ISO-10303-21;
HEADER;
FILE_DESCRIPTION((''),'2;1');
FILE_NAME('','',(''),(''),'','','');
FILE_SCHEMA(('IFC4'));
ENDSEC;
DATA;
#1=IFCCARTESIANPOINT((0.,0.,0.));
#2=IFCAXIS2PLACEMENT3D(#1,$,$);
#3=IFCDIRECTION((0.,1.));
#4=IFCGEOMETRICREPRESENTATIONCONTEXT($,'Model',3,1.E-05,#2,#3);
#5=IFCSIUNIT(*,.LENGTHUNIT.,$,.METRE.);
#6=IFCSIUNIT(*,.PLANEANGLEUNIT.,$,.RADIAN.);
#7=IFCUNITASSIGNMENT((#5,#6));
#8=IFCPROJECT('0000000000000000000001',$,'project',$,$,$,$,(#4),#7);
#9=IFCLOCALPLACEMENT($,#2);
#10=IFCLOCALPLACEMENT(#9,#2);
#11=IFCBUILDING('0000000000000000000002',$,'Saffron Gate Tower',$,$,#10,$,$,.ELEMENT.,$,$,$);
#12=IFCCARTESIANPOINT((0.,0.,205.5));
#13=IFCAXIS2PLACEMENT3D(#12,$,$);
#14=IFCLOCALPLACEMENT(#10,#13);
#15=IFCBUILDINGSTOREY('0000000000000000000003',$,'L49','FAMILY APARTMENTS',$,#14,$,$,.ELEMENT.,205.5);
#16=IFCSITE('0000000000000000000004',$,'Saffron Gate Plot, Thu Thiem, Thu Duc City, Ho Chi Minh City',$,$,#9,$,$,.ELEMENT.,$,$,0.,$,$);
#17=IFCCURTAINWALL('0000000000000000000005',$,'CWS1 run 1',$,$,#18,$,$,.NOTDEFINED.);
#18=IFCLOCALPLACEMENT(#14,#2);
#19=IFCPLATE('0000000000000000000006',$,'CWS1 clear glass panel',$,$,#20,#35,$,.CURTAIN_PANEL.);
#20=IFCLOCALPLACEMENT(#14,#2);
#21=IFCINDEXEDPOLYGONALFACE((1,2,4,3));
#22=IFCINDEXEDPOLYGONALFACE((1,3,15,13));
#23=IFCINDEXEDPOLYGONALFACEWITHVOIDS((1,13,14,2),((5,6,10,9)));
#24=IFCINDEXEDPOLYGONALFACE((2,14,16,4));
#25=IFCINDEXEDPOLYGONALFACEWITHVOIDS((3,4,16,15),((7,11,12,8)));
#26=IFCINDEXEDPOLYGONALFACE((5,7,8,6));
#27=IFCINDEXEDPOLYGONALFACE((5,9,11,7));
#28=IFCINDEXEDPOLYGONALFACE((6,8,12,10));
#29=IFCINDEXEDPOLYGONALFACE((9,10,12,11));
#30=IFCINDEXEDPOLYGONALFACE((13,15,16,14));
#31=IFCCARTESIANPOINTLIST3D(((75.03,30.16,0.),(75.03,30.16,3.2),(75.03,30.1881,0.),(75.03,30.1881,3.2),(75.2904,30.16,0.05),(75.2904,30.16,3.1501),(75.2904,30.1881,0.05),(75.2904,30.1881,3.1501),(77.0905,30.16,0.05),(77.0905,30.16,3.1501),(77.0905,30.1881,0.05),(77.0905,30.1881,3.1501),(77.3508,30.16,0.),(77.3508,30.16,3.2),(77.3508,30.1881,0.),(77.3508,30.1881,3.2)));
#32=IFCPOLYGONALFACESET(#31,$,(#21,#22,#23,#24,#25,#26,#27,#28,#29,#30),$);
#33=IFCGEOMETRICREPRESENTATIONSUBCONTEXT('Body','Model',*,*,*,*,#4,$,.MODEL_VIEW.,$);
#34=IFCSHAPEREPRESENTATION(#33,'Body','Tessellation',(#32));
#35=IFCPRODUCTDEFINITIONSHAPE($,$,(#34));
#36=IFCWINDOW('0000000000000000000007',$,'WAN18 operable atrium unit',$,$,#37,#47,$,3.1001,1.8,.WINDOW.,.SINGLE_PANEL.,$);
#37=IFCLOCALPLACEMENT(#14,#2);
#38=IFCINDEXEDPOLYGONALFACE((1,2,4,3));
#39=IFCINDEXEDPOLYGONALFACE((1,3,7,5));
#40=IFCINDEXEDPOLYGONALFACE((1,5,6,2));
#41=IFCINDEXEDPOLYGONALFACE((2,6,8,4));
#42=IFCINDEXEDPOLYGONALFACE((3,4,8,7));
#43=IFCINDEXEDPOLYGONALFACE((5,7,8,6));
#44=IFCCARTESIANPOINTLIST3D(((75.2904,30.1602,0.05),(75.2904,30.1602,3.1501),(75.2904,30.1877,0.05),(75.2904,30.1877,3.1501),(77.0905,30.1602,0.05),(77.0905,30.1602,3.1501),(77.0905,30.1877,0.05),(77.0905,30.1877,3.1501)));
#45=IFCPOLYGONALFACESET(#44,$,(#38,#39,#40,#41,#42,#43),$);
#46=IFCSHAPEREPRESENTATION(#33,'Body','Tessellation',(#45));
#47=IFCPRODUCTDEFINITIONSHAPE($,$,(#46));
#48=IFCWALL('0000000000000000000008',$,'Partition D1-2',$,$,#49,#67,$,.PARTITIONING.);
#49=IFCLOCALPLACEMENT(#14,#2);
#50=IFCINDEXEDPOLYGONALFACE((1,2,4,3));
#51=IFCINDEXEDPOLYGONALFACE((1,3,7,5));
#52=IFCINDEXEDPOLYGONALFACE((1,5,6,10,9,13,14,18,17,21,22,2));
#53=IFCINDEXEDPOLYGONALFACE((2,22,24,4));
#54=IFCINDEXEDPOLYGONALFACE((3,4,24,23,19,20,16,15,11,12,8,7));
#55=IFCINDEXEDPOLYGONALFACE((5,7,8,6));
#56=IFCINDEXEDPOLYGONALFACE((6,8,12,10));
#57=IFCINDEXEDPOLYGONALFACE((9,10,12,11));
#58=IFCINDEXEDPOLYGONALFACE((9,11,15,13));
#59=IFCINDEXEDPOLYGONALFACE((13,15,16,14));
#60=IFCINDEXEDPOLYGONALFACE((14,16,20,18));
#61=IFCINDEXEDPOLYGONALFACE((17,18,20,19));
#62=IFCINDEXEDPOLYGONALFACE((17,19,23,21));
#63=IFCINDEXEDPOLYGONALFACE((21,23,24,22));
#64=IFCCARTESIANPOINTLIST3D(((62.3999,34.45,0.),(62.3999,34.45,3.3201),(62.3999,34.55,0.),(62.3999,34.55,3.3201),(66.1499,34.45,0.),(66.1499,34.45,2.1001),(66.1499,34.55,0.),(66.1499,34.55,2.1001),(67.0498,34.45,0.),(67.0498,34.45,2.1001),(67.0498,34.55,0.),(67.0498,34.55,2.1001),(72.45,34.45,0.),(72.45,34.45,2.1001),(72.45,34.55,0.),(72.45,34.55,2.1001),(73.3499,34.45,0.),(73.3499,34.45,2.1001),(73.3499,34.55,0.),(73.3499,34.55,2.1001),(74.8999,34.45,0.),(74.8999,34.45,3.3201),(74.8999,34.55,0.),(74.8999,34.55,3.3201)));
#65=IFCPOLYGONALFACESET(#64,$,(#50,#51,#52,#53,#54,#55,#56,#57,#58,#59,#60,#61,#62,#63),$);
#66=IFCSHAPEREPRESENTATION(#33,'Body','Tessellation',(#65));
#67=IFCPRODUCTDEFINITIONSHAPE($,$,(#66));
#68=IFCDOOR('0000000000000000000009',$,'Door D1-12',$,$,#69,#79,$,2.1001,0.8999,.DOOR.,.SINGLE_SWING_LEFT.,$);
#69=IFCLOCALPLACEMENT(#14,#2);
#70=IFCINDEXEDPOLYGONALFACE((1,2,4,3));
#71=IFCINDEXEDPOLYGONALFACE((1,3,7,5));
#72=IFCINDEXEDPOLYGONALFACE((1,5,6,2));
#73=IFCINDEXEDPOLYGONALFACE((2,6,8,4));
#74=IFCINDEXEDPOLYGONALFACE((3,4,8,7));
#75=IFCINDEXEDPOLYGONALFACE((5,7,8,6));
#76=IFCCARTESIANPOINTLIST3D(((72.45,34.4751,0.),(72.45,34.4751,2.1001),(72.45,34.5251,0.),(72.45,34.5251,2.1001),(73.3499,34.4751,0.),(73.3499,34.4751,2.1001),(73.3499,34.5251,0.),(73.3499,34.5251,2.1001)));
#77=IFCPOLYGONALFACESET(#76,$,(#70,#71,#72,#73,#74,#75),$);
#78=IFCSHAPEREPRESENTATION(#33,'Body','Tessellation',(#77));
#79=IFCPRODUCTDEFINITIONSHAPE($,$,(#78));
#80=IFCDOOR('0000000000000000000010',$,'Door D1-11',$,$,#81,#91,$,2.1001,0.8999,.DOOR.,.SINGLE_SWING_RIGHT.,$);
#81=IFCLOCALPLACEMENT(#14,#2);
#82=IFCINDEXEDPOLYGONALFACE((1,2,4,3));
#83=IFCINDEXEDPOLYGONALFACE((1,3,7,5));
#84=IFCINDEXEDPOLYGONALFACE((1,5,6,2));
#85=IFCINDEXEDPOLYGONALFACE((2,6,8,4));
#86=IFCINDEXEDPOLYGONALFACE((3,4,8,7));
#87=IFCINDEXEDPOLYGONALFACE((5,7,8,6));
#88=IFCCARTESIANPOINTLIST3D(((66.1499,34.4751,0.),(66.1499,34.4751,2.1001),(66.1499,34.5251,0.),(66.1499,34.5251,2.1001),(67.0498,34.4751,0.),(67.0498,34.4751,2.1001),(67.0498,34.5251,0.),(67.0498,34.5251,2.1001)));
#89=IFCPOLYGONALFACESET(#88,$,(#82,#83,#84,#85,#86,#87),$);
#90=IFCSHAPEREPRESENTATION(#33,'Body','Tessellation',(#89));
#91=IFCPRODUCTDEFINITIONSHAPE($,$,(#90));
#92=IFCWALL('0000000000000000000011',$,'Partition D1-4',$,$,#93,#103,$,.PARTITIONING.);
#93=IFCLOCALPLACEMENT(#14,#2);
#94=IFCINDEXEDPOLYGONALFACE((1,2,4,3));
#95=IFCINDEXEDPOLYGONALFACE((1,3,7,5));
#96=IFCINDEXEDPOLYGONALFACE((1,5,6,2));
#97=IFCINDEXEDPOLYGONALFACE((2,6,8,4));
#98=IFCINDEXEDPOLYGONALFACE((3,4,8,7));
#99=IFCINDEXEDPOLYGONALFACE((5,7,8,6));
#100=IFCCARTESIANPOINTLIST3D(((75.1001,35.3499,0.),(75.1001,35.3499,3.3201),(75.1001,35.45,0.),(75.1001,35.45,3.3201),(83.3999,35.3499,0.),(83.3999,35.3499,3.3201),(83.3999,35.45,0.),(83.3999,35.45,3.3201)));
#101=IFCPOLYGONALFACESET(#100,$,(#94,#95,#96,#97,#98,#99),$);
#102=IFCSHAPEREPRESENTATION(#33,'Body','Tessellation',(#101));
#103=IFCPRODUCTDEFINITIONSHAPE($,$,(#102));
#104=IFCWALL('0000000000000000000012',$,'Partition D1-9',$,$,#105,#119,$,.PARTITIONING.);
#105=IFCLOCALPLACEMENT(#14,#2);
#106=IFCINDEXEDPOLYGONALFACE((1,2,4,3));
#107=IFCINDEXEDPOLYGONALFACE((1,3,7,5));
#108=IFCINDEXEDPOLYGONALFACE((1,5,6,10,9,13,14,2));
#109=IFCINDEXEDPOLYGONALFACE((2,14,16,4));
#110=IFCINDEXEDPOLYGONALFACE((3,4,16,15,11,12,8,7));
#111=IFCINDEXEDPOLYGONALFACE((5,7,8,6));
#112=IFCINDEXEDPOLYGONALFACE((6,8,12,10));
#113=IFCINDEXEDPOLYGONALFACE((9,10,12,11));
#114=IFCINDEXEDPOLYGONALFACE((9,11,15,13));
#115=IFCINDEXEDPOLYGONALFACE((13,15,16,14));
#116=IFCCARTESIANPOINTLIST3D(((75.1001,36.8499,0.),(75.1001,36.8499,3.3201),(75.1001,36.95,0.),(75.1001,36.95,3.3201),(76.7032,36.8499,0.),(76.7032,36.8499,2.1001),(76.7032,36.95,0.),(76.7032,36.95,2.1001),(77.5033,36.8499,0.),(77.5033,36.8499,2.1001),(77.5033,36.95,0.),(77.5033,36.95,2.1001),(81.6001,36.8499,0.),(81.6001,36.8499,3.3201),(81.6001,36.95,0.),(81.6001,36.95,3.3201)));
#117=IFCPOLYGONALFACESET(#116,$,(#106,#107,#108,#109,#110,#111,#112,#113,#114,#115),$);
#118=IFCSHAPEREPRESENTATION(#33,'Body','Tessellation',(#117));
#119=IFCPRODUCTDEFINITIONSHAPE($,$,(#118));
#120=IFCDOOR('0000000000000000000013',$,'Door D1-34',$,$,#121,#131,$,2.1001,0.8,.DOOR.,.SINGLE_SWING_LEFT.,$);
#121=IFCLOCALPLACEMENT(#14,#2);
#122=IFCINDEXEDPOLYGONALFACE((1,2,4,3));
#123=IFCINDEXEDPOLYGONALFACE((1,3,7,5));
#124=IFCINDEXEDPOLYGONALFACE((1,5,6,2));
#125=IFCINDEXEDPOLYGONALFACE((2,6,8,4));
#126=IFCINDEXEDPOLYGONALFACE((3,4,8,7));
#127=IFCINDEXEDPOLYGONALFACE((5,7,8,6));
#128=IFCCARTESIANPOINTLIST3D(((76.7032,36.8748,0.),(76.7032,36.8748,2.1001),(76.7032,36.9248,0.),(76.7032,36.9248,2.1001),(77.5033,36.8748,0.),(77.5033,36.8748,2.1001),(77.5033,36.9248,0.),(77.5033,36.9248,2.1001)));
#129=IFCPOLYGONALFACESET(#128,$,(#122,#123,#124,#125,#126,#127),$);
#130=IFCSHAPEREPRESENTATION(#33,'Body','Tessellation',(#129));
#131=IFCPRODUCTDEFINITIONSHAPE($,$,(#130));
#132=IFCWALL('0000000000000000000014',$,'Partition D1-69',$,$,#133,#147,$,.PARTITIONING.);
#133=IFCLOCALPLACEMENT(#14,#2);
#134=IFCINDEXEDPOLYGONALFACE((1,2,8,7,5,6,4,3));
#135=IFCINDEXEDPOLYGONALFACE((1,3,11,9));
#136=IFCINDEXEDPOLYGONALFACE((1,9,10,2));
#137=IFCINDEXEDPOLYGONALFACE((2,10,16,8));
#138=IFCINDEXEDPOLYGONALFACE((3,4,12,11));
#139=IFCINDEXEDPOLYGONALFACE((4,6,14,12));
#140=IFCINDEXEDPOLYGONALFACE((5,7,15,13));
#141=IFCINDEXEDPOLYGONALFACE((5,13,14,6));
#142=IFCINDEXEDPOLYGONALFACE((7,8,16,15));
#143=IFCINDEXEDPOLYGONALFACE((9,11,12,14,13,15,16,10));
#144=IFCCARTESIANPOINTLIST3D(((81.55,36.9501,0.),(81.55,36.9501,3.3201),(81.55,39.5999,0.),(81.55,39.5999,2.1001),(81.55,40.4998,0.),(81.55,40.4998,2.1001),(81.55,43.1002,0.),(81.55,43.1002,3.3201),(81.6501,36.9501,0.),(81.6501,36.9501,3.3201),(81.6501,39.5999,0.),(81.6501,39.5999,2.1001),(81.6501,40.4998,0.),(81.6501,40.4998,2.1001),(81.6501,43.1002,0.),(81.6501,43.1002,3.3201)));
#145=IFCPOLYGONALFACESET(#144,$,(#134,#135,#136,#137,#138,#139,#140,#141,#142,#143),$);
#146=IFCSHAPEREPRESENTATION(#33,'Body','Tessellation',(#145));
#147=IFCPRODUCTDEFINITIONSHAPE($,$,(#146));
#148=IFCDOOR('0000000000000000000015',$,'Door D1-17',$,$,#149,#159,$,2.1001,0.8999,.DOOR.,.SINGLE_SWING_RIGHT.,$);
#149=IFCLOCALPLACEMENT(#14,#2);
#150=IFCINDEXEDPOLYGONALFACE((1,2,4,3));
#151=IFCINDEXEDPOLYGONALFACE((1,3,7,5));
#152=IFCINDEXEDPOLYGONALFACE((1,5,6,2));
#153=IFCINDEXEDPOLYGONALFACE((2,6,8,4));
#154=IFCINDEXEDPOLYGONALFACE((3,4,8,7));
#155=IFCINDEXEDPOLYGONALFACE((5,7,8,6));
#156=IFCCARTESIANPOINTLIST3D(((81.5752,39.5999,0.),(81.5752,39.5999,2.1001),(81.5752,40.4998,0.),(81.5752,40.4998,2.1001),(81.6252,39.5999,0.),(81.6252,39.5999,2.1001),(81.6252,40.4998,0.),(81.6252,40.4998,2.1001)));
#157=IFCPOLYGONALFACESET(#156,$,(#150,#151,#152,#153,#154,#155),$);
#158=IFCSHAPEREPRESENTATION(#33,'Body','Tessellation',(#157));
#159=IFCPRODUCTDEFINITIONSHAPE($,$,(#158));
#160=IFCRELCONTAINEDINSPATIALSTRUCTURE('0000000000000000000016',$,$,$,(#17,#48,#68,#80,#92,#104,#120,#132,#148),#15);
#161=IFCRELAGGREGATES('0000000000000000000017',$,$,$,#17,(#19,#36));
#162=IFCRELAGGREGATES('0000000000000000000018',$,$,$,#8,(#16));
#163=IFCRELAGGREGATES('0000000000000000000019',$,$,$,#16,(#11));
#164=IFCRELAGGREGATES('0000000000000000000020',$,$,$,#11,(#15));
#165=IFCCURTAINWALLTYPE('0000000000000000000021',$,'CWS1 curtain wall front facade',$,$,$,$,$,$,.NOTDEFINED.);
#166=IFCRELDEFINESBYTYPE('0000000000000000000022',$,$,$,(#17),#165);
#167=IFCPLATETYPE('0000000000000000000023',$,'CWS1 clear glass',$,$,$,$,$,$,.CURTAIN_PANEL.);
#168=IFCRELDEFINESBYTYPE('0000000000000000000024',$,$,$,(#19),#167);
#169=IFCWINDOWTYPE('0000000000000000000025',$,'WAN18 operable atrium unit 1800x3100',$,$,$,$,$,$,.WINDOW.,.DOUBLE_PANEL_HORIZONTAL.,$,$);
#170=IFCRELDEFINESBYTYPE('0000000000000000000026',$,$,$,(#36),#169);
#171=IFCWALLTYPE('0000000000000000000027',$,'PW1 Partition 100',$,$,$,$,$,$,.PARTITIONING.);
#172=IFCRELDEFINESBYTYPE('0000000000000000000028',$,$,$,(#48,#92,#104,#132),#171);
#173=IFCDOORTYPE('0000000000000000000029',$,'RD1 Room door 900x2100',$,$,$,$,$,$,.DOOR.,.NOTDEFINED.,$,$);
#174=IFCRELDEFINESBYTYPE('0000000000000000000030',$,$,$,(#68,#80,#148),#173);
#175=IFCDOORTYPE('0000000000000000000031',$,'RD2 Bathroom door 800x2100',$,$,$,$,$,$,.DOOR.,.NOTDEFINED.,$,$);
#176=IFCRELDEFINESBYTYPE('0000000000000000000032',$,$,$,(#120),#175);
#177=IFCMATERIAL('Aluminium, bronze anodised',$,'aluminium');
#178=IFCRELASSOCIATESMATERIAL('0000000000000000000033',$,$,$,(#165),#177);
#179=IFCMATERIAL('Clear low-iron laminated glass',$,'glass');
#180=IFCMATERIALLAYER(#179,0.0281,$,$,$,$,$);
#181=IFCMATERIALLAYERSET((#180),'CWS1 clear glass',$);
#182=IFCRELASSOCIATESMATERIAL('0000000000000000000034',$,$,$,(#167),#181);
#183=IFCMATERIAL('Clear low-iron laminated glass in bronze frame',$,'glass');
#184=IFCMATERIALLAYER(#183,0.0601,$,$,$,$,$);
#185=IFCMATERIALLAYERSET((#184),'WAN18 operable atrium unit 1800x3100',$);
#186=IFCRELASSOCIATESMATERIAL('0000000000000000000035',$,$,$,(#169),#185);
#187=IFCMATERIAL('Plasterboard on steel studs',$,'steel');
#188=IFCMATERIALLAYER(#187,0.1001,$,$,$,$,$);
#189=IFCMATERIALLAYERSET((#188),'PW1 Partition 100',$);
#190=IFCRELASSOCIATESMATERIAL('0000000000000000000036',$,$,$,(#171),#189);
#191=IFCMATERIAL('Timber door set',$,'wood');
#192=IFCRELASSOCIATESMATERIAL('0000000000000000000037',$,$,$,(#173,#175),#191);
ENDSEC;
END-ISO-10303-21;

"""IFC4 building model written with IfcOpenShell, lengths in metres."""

from ifc_helpers import new_model, si_unit, direction, frame, frame_2d, origin, place, context, subcontext, project, spatial, rectangle, extrude, material, layer, layer_set, type_object, element, fill, aggregate, save


model = new_model("IFC4")

# Units and contexts
model_context = context("Model", 3, precision=1e-05, world=origin(), true_north=direction((0.0, 1.0)))
body_context = subcontext(model_context, "Body", "Model", "MODEL_VIEW")
ifc_project = project(units=[si_unit("LENGTHUNIT", "METRE"), si_unit("PLANEANGLEUNIT", "RADIAN")], contexts=[model_context])

# Site, building, storey
site_placement = place(None, origin())
site = spatial("IfcSite", under=ifc_project, at=site_placement, Name="Saffron Gate Plot, Thu Thiem, Thu Duc City, Ho Chi Minh City", CompositionType="ELEMENT", RefElevation=0.0)
building_placement = place(site_placement, origin())
building = spatial("IfcBuilding", under=site, at=building_placement, Name="Saffron Gate Tower", CompositionType="ELEMENT")
storey_placement = place(building_placement, frame((0.0, 0.0, 205.5)))
storey = spatial("IfcBuildingStorey", under=building, at=storey_placement, Name="L49", Description="FAMILY APARTMENTS", CompositionType="ELEMENT", Elevation=205.5)

# Curtain wall, plate, opening, window
ifc_material_1 = material(Name="Aluminium, bronze anodised", Category="aluminium")
curtain_wall_type = type_object("IfcCurtainWallType", Name="CWS1 curtain wall front facade", PredefinedType="NOTDEFINED", material=ifc_material_1)
curtain_wall_placement = place(storey_placement, origin())
curtain_wall = element("IfcCurtainWall", 1, at=curtain_wall_placement, inside=storey, type_object=curtain_wall_type, Name="CWS1 run 1", PredefinedType="NOTDEFINED")
ifc_material_2 = material(Name="Clear low-iron laminated glass", Category="glass")
ifc_layer_1 = layer(ifc_material_2, 0.0281)
ifc_layer_set_1 = layer_set([ifc_layer_1], Name="CWS1 clear glass")
plate_type = type_object("IfcPlateType", Name="CWS1 clear glass", PredefinedType="CURTAIN_PANEL", material=ifc_layer_set_1)
plate_placement = place(storey_placement, frame((75.03, 30.1741, 0.0), z_axis=(0.0, 0.0, 1.0), x_axis=(1.0, 0.0, 0.0)))
plate = element("IfcPlate", 2, at=plate_placement, type_object=plate_type, Name="CWS1 clear glass panel", PredefinedType="CURTAIN_PANEL", context=body_context, shape_type="SweptSolid", body=[
    extrude(rectangle(XDim=2.3208, YDim=0.0281, at=frame_2d((1.1604, 0.0))), origin(), (0.0, 0.0, 1.0), 3.2),
])
opening_1_placement = place(plate_placement, frame((0.2605, 0.0, 0.05)))
opening_1 = element("IfcOpeningElement", 3, at=opening_1_placement, cuts=plate, PredefinedType="OPENING", context=body_context, shape_type="SweptSolid", body=[
    extrude(rectangle(XDim=1.8, YDim=3.1001, at=frame_2d((0.8999, 1.55))), frame((0.0, 0.0239, 0.0), z_axis=(0.0, -1.0, 0.0), x_axis=(1.0, 0.0, 0.0)), (0.0, 0.0, 1.0), 0.0481),
])
ifc_material_3 = material(Name="Clear low-iron laminated glass in bronze frame", Category="glass")
ifc_layer_2 = layer(ifc_material_3, 0.0601)
ifc_layer_set_2 = layer_set([ifc_layer_2], Name="WAN18 operable atrium unit 1800x3100")
window_type = type_object("IfcWindowType", Name="WAN18 operable atrium unit 1800x3100", PartitioningType="DOUBLE_PANEL_HORIZONTAL", PredefinedType="WINDOW", material=ifc_layer_set_2)
window_placement = place(opening_1_placement, origin())
window = element("IfcWindow", 4, at=window_placement, type_object=window_type, Name="WAN18 operable atrium unit", OverallHeight=3.1001, OverallWidth=1.8, PartitioningType="SINGLE_PANEL", PredefinedType="WINDOW", context=body_context, shape_type="SweptSolid", body=[
    extrude(rectangle(XDim=1.8, YDim=3.1001, at=frame_2d((0.8999, 1.55))), frame((0.0, 0.0137, 0.0), z_axis=(0.0, -1.0, 0.0), x_axis=(1.0, 0.0, 0.0)), (0.0, 0.0, 1.0), 0.0276),
])
fill(opening_1, window)
aggregate(curtain_wall, [plate, window])

# Wall, openings, doors
ifc_material_4 = material(Name="Plasterboard on steel studs", Category="steel")
ifc_layer_3 = layer(ifc_material_4, 0.1001)
ifc_layer_set_3 = layer_set([ifc_layer_3], Name="PW1 Partition 100")
wall_type_1 = type_object("IfcWallType", Name="PW1 Partition 100", PredefinedType="PARTITIONING", material=ifc_layer_set_3)
wall_1_placement = place(storey_placement, frame((74.8999, 34.5, 0.0), z_axis=(0.0, 0.0, 1.0), x_axis=(-1.0, 0.0, 0.0)))
wall_1 = element("IfcWall", 5, at=wall_1_placement, inside=storey, type_object=wall_type_1, Name="Partition D1-2", PredefinedType="PARTITIONING", context=body_context, shape_type="SweptSolid", body=[
    extrude(rectangle(XDim=12.5, YDim=0.1001, at=frame_2d((6.25, 0.0))), origin(), (0.0, 0.0, 1.0), 3.3201),
])
opening_2_placement = place(wall_1_placement, frame((1.55, 0.0, 0.0)))
opening_2 = element("IfcOpeningElement", 6, at=opening_2_placement, cuts=wall_1, PredefinedType="OPENING", context=body_context, shape_type="SweptSolid", body=[
    extrude(rectangle(XDim=0.8999, YDim=2.1001, at=frame_2d((0.45, 1.05))), frame((0.0, 0.0601, 0.0), z_axis=(0.0, -1.0, 0.0), x_axis=(1.0, 0.0, 0.0)), (0.0, 0.0, 1.0), 0.1201),
])
opening_3_placement = place(wall_1_placement, frame((7.8501, 0.0, 0.0)))
opening_3 = element("IfcOpeningElement", 7, at=opening_3_placement, cuts=wall_1, PredefinedType="OPENING", context=body_context, shape_type="SweptSolid", body=[
    extrude(rectangle(XDim=0.8999, YDim=2.1001, at=frame_2d((0.45, 1.05))), frame((0.0, 0.0601, 0.0), z_axis=(0.0, -1.0, 0.0), x_axis=(1.0, 0.0, 0.0)), (0.0, 0.0, 1.0), 0.1201),
])
ifc_material_5 = material(Name="Timber door set", Category="wood")
door_type_1 = type_object("IfcDoorType", Name="RD1 Room door 900x2100", OperationType="NOTDEFINED", PredefinedType="DOOR", material=ifc_material_5)
door_1_placement = place(opening_2_placement, origin())
door_1 = element("IfcDoor", 8, at=door_1_placement, inside=storey, type_object=door_type_1, Name="Door D1-12", OperationType="SINGLE_SWING_LEFT", OverallHeight=2.1001, OverallWidth=0.8999, PredefinedType="DOOR", context=body_context, shape_type="SweptSolid", body=[
    extrude(rectangle(XDim=0.8999, YDim=2.1001, at=frame_2d((0.45, 1.05))), frame((0.0, 0.0249, 0.0), z_axis=(0.0, -1.0, 0.0), x_axis=(1.0, 0.0, 0.0)), (0.0, 0.0, 1.0), 0.05),
])
fill(opening_2, door_1)
door_2_placement = place(opening_3_placement, origin())
door_2 = element("IfcDoor", 9, at=door_2_placement, inside=storey, type_object=door_type_1, Name="Door D1-11", OperationType="SINGLE_SWING_RIGHT", OverallHeight=2.1001, OverallWidth=0.8999, PredefinedType="DOOR", context=body_context, shape_type="SweptSolid", body=[
    extrude(rectangle(XDim=0.8999, YDim=2.1001, at=frame_2d((0.45, 1.05))), frame((0.0, 0.0249, 0.0), z_axis=(0.0, -1.0, 0.0), x_axis=(1.0, 0.0, 0.0)), (0.0, 0.0, 1.0), 0.05),
])
fill(opening_3, door_2)

# Wall
wall_2_placement = place(storey_placement, frame((75.1001, 35.3999, 0.0), z_axis=(0.0, 0.0, 1.0), x_axis=(1.0, 0.0, 0.0)))
element("IfcWall", 10, at=wall_2_placement, inside=storey, type_object=wall_type_1, Name="Partition D1-4", PredefinedType="PARTITIONING", context=body_context, shape_type="SweptSolid", body=[
    extrude(rectangle(XDim=8.2998, YDim=0.1001, at=frame_2d((4.1499, 0.0))), origin(), (0.0, 0.0, 1.0), 3.3201),
])

# Walls, openings, doors
wall_3_placement = place(storey_placement, frame((75.1001, 36.8999, 0.0), z_axis=(0.0, 0.0, 1.0), x_axis=(1.0, 0.0, 0.0)))
wall_3 = element("IfcWall", 11, at=wall_3_placement, inside=storey, type_object=wall_type_1, Name="Partition D1-9", PredefinedType="PARTITIONING", context=body_context, shape_type="SweptSolid", body=[
    extrude(rectangle(XDim=6.5, YDim=0.1001, at=frame_2d((3.25, 0.0))), origin(), (0.0, 0.0, 1.0), 3.3201),
])
opening_4_placement = place(wall_3_placement, frame((1.6033, 0.0, 0.0)))
opening_4 = element("IfcOpeningElement", 12, at=opening_4_placement, cuts=wall_3, PredefinedType="OPENING", context=body_context, shape_type="SweptSolid", body=[
    extrude(rectangle(XDim=0.8, YDim=2.1001, at=frame_2d((0.3999, 1.05))), frame((0.0, 0.0601, 0.0), z_axis=(0.0, -1.0, 0.0), x_axis=(1.0, 0.0, 0.0)), (0.0, 0.0, 1.0), 0.1201),
])
door_type_2 = type_object("IfcDoorType", Name="RD2 Bathroom door 800x2100", OperationType="NOTDEFINED", PredefinedType="DOOR", material=ifc_material_5)
door_3_placement = place(opening_4_placement, origin())
door_3 = element("IfcDoor", 13, at=door_3_placement, inside=storey, type_object=door_type_2, Name="Door D1-34", OperationType="SINGLE_SWING_LEFT", OverallHeight=2.1001, OverallWidth=0.8, PredefinedType="DOOR", context=body_context, shape_type="SweptSolid", body=[
    extrude(rectangle(XDim=0.8, YDim=2.1001, at=frame_2d((0.3999, 1.05))), frame((0.0, 0.0249, 0.0), z_axis=(0.0, -1.0, 0.0), x_axis=(1.0, 0.0, 0.0)), (0.0, 0.0, 1.0), 0.05),
])
fill(opening_4, door_3)
wall_4_placement = place(storey_placement, frame((81.6001, 36.95, 0.0), z_axis=(0.0, 0.0, 1.0), x_axis=(0.0, 1.0, 0.0)))
wall_4 = element("IfcWall", 14, at=wall_4_placement, inside=storey, type_object=wall_type_1, Name="Partition D1-69", PredefinedType="PARTITIONING", context=body_context, shape_type="SweptSolid", body=[
    extrude(rectangle(XDim=6.1501, YDim=0.1001, at=frame_2d((3.0752, 0.0))), origin(), (0.0, 0.0, 1.0), 3.3201),
])
opening_5_placement = place(wall_4_placement, frame((2.6499, 0.0, 0.0)))
opening_5 = element("IfcOpeningElement", 15, at=opening_5_placement, cuts=wall_4, PredefinedType="OPENING", context=body_context, shape_type="SweptSolid", body=[
    extrude(rectangle(XDim=0.8999, YDim=2.1001, at=frame_2d((0.45, 1.05))), frame((0.0, 0.0601, 0.0), z_axis=(0.0, -1.0, 0.0), x_axis=(1.0, 0.0, 0.0)), (0.0, 0.0, 1.0), 0.1201),
])
door_4_placement = place(opening_5_placement, origin())
door_4 = element("IfcDoor", 16, at=door_4_placement, inside=storey, type_object=door_type_1, Name="Door D1-17", OperationType="SINGLE_SWING_RIGHT", OverallHeight=2.1001, OverallWidth=0.8999, PredefinedType="DOOR", context=body_context, shape_type="SweptSolid", body=[
    extrude(rectangle(XDim=0.8999, YDim=2.1001, at=frame_2d((0.45, 1.05))), frame((0.0, 0.0249, 0.0), z_axis=(0.0, -1.0, 0.0), x_axis=(1.0, 0.0, 0.0)), (0.0, 0.0, 1.0), 0.05),
])
fill(opening_5, door_4)

save(model, "model.ifc")
